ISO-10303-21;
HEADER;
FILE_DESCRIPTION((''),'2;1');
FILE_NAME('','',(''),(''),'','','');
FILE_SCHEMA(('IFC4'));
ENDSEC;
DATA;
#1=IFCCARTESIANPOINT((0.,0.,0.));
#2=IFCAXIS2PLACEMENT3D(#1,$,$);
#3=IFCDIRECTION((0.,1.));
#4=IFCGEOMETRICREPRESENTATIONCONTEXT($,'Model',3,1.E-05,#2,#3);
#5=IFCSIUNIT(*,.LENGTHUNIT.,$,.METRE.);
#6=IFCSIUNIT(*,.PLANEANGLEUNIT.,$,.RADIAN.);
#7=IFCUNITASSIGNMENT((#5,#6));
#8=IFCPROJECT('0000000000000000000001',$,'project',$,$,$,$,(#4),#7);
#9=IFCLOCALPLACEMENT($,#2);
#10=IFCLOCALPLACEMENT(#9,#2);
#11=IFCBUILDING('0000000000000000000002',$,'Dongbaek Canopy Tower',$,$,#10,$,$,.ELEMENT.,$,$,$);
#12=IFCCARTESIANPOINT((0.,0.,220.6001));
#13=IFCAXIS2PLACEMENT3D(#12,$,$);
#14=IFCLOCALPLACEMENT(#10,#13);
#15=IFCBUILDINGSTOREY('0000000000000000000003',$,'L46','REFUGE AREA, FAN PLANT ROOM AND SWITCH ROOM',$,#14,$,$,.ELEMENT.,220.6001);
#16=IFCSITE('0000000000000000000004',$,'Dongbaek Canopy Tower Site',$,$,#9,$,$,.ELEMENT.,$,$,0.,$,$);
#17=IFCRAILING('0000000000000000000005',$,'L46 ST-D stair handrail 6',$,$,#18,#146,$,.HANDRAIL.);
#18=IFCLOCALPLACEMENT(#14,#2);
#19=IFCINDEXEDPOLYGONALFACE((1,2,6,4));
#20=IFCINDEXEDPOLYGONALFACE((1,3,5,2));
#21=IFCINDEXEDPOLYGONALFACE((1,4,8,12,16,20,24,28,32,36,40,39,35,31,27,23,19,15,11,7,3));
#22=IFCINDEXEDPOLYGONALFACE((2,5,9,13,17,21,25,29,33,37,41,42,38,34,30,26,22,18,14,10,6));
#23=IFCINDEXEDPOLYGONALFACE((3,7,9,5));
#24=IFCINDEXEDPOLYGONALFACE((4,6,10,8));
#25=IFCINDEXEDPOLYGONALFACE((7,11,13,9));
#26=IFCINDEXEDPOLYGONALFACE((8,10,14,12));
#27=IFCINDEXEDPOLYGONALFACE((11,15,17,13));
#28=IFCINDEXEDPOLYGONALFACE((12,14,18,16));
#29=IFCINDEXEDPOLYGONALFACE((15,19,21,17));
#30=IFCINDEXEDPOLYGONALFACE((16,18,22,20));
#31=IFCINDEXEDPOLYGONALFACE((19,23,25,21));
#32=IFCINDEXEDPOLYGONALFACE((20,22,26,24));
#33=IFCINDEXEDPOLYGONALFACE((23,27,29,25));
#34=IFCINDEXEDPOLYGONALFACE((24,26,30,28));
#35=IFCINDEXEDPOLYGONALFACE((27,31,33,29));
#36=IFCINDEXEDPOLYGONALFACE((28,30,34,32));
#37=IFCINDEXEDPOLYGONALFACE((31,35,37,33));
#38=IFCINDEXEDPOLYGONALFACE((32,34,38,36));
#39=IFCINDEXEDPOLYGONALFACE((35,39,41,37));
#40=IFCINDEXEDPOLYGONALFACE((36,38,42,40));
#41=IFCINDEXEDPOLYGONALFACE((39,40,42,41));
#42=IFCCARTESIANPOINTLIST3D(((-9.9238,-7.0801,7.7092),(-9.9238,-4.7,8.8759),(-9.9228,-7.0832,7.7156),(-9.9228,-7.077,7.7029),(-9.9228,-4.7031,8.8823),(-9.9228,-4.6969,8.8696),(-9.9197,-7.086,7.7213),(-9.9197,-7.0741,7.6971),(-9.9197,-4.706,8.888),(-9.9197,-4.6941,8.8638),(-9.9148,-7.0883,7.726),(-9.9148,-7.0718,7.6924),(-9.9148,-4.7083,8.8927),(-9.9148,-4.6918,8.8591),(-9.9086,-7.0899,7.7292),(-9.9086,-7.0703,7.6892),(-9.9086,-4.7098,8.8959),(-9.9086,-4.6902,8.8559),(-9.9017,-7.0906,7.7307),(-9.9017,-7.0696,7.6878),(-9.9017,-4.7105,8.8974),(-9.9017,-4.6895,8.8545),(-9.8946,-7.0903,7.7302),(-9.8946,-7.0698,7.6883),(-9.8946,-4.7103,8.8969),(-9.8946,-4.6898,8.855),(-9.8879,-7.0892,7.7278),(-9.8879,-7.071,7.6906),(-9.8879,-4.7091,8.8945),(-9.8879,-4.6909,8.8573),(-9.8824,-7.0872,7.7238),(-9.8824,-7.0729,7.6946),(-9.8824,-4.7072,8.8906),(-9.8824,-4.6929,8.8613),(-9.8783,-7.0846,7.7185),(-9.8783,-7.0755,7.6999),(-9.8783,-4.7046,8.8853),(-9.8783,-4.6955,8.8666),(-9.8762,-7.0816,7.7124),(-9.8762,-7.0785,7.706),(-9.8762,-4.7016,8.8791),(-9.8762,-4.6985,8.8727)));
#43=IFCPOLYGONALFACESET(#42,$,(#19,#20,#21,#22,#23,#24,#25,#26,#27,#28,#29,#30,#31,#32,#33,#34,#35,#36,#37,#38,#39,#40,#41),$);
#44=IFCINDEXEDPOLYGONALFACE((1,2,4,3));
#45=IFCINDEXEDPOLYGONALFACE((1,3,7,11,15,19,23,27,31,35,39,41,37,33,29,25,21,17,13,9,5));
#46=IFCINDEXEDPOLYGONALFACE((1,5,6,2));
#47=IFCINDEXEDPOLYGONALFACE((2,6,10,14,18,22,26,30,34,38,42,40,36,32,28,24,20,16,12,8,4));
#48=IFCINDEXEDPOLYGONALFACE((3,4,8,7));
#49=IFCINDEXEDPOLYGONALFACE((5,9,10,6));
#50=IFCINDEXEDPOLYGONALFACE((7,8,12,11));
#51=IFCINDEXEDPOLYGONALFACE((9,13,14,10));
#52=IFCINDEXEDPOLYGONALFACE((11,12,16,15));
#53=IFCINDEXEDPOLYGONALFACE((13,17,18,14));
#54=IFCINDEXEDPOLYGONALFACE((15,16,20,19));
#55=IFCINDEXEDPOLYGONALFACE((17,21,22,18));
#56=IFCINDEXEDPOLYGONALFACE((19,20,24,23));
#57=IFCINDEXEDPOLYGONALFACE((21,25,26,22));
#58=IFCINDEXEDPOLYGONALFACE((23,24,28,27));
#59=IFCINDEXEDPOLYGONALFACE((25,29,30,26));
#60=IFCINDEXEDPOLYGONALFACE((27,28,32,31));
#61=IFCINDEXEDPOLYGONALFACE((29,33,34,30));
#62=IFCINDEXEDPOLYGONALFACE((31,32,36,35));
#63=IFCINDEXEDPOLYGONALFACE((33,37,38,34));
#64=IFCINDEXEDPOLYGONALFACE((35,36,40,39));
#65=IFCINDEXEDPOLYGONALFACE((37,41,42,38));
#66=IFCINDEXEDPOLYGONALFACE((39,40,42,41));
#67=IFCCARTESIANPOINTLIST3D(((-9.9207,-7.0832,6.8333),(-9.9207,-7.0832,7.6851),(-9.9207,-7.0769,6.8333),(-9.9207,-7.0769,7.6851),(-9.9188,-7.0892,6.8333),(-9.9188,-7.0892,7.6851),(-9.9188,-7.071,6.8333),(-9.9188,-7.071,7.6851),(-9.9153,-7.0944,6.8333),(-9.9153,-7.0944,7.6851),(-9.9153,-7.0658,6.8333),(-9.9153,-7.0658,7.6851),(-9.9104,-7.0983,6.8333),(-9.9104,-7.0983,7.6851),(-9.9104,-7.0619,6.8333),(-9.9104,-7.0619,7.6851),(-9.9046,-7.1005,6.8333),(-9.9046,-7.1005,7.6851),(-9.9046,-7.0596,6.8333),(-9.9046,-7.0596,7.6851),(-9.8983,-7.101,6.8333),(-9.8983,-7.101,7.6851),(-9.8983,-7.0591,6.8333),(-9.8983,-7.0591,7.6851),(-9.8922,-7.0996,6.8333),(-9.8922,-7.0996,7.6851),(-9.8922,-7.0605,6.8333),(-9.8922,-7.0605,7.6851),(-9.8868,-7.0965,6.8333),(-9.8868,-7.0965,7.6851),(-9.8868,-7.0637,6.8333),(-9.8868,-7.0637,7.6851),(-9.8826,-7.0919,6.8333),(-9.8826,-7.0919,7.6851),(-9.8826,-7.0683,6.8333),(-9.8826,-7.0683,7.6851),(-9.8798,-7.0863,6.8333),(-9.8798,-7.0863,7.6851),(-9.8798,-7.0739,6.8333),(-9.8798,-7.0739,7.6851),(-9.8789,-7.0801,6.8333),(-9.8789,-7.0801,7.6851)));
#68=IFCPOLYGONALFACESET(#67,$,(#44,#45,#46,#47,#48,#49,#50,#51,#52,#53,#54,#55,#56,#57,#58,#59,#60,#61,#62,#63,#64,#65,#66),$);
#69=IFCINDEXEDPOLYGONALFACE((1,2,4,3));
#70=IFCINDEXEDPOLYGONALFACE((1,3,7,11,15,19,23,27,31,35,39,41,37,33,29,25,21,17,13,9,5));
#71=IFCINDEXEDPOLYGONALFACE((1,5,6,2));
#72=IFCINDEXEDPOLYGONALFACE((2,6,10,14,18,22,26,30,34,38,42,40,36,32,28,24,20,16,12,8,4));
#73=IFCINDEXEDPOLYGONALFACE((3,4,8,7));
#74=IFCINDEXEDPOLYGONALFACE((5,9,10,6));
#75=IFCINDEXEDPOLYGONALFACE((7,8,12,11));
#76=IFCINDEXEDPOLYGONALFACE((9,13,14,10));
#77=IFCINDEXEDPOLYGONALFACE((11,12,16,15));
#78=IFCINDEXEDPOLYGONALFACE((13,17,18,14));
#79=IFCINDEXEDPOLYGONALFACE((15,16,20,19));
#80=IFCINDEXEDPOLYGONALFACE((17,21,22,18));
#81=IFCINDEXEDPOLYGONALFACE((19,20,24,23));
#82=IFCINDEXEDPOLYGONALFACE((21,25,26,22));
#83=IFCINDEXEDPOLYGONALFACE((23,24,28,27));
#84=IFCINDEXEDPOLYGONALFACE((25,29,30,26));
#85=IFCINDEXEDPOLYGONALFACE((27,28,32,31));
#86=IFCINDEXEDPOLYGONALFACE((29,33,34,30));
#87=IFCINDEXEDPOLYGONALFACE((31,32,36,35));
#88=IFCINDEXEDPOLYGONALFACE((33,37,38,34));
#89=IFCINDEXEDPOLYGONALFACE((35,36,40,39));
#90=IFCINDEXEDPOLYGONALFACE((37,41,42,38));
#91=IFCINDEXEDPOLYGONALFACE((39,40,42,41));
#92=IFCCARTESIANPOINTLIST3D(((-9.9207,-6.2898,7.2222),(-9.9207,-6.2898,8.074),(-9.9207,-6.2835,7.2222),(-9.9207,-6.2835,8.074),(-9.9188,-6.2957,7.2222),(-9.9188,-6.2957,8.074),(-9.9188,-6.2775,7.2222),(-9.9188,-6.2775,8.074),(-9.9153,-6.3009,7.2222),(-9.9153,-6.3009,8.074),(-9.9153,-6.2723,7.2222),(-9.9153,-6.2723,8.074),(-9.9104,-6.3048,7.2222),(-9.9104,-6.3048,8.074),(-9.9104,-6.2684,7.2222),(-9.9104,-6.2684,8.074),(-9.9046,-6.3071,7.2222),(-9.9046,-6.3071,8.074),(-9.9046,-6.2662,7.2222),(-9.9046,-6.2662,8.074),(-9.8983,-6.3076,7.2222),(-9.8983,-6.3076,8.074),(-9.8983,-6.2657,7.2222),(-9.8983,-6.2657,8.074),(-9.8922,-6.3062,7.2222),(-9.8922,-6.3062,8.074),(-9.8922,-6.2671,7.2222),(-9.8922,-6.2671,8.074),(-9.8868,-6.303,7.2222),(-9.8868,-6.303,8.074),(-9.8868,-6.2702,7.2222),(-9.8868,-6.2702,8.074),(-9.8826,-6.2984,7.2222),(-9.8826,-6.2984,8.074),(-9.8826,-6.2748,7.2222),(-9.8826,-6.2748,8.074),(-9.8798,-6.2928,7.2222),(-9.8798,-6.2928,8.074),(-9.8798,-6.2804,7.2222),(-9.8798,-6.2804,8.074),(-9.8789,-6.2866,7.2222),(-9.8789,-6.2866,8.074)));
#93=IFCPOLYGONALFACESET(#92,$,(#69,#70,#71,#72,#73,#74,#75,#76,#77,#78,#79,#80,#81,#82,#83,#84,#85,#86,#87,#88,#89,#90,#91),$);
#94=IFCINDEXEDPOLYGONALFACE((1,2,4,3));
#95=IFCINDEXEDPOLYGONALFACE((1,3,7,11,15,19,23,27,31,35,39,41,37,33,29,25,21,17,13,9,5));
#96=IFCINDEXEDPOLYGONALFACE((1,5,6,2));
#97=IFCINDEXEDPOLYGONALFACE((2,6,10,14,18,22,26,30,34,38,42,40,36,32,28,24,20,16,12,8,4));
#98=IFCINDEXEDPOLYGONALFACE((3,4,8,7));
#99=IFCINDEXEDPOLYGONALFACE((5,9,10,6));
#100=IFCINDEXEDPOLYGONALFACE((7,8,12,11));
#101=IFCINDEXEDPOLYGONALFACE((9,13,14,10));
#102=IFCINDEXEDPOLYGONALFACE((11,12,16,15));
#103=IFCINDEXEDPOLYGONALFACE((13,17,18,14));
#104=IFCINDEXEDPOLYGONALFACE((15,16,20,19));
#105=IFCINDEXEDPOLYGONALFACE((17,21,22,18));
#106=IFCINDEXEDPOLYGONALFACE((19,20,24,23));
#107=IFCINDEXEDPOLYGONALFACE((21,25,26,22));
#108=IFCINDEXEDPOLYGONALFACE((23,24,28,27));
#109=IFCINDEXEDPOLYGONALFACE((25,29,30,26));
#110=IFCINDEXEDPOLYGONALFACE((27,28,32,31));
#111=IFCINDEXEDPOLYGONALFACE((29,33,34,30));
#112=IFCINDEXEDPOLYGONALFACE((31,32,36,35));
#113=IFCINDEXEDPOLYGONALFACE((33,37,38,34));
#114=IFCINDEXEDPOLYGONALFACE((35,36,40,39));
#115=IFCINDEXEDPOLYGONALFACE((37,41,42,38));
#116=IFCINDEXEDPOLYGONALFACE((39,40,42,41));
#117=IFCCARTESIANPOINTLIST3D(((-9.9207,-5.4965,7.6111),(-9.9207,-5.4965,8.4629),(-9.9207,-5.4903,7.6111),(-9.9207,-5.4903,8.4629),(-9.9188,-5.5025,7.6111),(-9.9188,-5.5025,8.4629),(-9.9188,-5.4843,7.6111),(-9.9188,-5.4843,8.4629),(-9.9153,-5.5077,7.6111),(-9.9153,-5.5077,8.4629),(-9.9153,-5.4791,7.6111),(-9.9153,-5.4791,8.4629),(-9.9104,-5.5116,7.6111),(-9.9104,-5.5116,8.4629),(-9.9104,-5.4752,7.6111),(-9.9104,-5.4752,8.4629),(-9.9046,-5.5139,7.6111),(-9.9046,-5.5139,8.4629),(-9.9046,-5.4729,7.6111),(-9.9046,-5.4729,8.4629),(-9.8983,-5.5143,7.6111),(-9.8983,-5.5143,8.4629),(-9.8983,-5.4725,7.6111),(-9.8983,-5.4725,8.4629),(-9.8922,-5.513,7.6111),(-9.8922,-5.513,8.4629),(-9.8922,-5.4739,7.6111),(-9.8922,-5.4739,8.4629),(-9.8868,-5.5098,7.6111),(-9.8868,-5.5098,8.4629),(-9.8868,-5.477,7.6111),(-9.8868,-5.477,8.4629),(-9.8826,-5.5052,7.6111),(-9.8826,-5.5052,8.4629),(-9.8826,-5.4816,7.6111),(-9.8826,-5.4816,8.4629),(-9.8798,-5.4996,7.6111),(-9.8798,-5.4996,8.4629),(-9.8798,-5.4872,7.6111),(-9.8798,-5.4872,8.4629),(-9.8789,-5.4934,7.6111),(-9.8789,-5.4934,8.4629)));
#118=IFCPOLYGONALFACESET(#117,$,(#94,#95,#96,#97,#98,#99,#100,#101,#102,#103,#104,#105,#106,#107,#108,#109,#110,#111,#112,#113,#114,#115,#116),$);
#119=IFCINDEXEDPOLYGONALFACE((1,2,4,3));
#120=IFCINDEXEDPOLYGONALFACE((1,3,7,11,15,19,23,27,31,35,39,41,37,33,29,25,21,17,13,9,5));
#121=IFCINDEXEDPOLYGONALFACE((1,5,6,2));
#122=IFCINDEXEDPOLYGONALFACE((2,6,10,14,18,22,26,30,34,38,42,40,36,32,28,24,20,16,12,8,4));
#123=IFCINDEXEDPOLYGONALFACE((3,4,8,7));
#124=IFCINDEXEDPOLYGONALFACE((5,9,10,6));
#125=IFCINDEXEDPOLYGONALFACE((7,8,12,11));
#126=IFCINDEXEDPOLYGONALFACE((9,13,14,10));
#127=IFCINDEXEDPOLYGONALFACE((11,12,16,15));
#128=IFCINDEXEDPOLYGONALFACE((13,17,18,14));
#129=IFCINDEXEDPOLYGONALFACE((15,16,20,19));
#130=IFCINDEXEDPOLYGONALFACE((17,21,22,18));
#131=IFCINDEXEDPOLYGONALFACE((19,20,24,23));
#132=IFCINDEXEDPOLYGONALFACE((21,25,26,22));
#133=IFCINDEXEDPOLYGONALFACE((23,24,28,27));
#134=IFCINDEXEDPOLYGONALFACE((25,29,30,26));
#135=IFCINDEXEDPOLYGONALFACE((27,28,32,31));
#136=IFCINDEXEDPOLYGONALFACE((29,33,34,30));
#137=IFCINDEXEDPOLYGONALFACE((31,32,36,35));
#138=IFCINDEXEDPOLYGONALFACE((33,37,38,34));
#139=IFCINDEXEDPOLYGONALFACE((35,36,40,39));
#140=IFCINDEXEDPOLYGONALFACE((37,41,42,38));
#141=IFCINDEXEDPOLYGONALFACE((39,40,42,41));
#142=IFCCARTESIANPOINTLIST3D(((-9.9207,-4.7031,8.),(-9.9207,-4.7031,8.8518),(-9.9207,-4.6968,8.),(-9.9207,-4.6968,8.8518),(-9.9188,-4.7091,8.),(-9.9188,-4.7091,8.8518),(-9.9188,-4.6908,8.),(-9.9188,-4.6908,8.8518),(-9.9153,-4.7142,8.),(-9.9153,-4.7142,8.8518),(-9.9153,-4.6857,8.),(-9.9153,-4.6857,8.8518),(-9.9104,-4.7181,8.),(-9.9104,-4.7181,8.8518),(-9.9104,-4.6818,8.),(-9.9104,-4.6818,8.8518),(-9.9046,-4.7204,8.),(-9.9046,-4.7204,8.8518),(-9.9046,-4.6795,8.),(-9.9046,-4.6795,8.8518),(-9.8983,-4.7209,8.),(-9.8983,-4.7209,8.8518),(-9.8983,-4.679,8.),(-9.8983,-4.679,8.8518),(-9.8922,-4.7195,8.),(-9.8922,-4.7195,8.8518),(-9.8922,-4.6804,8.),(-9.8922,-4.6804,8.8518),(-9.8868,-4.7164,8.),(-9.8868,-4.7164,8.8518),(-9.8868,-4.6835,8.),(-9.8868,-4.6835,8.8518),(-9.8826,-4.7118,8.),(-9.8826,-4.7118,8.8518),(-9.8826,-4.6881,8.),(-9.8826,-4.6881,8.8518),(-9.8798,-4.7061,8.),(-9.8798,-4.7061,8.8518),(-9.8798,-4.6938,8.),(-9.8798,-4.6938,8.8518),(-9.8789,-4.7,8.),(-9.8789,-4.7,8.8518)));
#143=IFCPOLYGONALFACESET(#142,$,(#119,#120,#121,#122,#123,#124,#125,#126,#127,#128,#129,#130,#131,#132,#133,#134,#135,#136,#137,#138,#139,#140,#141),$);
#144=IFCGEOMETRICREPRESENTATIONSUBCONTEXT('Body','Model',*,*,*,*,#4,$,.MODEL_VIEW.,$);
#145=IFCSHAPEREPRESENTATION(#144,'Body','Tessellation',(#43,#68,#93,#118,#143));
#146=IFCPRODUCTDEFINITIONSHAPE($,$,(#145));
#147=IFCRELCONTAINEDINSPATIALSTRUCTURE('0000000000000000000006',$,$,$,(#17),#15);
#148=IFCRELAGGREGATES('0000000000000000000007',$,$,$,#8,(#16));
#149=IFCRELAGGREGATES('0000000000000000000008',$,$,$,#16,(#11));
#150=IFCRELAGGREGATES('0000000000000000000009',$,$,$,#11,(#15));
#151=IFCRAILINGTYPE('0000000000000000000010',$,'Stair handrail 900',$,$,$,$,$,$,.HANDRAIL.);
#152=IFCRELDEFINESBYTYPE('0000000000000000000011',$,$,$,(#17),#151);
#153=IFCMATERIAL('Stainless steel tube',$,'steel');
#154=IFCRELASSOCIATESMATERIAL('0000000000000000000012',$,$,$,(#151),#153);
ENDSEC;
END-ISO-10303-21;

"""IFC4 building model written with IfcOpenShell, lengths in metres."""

from ifc_helpers import new_model, si_unit, direction, frame, origin, origin_2d, place, context, subcontext, project, spatial, circle, extrude, material, type_object, element, save


model = new_model("IFC4")

# Units and contexts
model_context = context("Model", 3, precision=1e-05, world=origin(), true_north=direction((0.0, 1.0)))
body_context = subcontext(model_context, "Body", "Model", "MODEL_VIEW")
ifc_project = project(units=[si_unit("LENGTHUNIT", "METRE"), si_unit("PLANEANGLEUNIT", "RADIAN")], contexts=[model_context])

# Site, building, storey
site_placement = place(None, origin())
site = spatial("IfcSite", under=ifc_project, at=site_placement, Name="Dongbaek Canopy Tower Site", CompositionType="ELEMENT", RefElevation=0.0)
building_placement = place(site_placement, origin())
building = spatial("IfcBuilding", under=site, at=building_placement, Name="Dongbaek Canopy Tower", CompositionType="ELEMENT")
storey_placement = place(building_placement, frame((0.0, 0.0, 220.6001)))
storey = spatial("IfcBuildingStorey", under=building, at=storey_placement, Name="L46", Description="REFUGE AREA, FAN PLANT ROOM AND SWITCH ROOM", CompositionType="ELEMENT", Elevation=220.6001)

# Railing
ifc_material_1 = material(Name="Stainless steel tube", Category="steel")
railing_type_1 = type_object("IfcRailingType", Name="Stair handrail 900", PredefinedType="HANDRAIL", material=ifc_material_1)
railing_1_placement = place(storey_placement, frame((-9.8999, -7.0801, 6.8333)))
element("IfcRailing", 1, at=railing_1_placement, inside=storey, type_object=railing_type_1, Name="L46 ST-D stair handrail 6", PredefinedType="HANDRAIL", context=body_context, shape_type="SweptSolid", body=[
    extrude(circle(Radius=0.0239, at=origin_2d()), frame((0.0, 0.0, 0.876), z_axis=(0.0, 0.897918, 0.440163), x_axis=(-1.0, 0.0, 0.0)), (0.0, 0.0, 1.0), 2.6506),
    extrude(circle(Radius=0.021, at=origin_2d()), origin(), (0.0, 0.0, 1.0), 0.8518),
    extrude(circle(Radius=0.021, at=origin_2d()), frame((0.0, 0.7935, 0.3889)), (0.0, 0.0, 1.0), 0.8518),
    extrude(circle(Radius=0.021, at=origin_2d()), frame((0.0, 1.5867, 0.7778)), (0.0, 0.0, 1.0), 0.8518),
    extrude(circle(Radius=0.021, at=origin_2d()), frame((0.0, 2.3801, 1.1667)), (0.0, 0.0, 1.0), 0.8518),
])

save(model, "model.ifc")
